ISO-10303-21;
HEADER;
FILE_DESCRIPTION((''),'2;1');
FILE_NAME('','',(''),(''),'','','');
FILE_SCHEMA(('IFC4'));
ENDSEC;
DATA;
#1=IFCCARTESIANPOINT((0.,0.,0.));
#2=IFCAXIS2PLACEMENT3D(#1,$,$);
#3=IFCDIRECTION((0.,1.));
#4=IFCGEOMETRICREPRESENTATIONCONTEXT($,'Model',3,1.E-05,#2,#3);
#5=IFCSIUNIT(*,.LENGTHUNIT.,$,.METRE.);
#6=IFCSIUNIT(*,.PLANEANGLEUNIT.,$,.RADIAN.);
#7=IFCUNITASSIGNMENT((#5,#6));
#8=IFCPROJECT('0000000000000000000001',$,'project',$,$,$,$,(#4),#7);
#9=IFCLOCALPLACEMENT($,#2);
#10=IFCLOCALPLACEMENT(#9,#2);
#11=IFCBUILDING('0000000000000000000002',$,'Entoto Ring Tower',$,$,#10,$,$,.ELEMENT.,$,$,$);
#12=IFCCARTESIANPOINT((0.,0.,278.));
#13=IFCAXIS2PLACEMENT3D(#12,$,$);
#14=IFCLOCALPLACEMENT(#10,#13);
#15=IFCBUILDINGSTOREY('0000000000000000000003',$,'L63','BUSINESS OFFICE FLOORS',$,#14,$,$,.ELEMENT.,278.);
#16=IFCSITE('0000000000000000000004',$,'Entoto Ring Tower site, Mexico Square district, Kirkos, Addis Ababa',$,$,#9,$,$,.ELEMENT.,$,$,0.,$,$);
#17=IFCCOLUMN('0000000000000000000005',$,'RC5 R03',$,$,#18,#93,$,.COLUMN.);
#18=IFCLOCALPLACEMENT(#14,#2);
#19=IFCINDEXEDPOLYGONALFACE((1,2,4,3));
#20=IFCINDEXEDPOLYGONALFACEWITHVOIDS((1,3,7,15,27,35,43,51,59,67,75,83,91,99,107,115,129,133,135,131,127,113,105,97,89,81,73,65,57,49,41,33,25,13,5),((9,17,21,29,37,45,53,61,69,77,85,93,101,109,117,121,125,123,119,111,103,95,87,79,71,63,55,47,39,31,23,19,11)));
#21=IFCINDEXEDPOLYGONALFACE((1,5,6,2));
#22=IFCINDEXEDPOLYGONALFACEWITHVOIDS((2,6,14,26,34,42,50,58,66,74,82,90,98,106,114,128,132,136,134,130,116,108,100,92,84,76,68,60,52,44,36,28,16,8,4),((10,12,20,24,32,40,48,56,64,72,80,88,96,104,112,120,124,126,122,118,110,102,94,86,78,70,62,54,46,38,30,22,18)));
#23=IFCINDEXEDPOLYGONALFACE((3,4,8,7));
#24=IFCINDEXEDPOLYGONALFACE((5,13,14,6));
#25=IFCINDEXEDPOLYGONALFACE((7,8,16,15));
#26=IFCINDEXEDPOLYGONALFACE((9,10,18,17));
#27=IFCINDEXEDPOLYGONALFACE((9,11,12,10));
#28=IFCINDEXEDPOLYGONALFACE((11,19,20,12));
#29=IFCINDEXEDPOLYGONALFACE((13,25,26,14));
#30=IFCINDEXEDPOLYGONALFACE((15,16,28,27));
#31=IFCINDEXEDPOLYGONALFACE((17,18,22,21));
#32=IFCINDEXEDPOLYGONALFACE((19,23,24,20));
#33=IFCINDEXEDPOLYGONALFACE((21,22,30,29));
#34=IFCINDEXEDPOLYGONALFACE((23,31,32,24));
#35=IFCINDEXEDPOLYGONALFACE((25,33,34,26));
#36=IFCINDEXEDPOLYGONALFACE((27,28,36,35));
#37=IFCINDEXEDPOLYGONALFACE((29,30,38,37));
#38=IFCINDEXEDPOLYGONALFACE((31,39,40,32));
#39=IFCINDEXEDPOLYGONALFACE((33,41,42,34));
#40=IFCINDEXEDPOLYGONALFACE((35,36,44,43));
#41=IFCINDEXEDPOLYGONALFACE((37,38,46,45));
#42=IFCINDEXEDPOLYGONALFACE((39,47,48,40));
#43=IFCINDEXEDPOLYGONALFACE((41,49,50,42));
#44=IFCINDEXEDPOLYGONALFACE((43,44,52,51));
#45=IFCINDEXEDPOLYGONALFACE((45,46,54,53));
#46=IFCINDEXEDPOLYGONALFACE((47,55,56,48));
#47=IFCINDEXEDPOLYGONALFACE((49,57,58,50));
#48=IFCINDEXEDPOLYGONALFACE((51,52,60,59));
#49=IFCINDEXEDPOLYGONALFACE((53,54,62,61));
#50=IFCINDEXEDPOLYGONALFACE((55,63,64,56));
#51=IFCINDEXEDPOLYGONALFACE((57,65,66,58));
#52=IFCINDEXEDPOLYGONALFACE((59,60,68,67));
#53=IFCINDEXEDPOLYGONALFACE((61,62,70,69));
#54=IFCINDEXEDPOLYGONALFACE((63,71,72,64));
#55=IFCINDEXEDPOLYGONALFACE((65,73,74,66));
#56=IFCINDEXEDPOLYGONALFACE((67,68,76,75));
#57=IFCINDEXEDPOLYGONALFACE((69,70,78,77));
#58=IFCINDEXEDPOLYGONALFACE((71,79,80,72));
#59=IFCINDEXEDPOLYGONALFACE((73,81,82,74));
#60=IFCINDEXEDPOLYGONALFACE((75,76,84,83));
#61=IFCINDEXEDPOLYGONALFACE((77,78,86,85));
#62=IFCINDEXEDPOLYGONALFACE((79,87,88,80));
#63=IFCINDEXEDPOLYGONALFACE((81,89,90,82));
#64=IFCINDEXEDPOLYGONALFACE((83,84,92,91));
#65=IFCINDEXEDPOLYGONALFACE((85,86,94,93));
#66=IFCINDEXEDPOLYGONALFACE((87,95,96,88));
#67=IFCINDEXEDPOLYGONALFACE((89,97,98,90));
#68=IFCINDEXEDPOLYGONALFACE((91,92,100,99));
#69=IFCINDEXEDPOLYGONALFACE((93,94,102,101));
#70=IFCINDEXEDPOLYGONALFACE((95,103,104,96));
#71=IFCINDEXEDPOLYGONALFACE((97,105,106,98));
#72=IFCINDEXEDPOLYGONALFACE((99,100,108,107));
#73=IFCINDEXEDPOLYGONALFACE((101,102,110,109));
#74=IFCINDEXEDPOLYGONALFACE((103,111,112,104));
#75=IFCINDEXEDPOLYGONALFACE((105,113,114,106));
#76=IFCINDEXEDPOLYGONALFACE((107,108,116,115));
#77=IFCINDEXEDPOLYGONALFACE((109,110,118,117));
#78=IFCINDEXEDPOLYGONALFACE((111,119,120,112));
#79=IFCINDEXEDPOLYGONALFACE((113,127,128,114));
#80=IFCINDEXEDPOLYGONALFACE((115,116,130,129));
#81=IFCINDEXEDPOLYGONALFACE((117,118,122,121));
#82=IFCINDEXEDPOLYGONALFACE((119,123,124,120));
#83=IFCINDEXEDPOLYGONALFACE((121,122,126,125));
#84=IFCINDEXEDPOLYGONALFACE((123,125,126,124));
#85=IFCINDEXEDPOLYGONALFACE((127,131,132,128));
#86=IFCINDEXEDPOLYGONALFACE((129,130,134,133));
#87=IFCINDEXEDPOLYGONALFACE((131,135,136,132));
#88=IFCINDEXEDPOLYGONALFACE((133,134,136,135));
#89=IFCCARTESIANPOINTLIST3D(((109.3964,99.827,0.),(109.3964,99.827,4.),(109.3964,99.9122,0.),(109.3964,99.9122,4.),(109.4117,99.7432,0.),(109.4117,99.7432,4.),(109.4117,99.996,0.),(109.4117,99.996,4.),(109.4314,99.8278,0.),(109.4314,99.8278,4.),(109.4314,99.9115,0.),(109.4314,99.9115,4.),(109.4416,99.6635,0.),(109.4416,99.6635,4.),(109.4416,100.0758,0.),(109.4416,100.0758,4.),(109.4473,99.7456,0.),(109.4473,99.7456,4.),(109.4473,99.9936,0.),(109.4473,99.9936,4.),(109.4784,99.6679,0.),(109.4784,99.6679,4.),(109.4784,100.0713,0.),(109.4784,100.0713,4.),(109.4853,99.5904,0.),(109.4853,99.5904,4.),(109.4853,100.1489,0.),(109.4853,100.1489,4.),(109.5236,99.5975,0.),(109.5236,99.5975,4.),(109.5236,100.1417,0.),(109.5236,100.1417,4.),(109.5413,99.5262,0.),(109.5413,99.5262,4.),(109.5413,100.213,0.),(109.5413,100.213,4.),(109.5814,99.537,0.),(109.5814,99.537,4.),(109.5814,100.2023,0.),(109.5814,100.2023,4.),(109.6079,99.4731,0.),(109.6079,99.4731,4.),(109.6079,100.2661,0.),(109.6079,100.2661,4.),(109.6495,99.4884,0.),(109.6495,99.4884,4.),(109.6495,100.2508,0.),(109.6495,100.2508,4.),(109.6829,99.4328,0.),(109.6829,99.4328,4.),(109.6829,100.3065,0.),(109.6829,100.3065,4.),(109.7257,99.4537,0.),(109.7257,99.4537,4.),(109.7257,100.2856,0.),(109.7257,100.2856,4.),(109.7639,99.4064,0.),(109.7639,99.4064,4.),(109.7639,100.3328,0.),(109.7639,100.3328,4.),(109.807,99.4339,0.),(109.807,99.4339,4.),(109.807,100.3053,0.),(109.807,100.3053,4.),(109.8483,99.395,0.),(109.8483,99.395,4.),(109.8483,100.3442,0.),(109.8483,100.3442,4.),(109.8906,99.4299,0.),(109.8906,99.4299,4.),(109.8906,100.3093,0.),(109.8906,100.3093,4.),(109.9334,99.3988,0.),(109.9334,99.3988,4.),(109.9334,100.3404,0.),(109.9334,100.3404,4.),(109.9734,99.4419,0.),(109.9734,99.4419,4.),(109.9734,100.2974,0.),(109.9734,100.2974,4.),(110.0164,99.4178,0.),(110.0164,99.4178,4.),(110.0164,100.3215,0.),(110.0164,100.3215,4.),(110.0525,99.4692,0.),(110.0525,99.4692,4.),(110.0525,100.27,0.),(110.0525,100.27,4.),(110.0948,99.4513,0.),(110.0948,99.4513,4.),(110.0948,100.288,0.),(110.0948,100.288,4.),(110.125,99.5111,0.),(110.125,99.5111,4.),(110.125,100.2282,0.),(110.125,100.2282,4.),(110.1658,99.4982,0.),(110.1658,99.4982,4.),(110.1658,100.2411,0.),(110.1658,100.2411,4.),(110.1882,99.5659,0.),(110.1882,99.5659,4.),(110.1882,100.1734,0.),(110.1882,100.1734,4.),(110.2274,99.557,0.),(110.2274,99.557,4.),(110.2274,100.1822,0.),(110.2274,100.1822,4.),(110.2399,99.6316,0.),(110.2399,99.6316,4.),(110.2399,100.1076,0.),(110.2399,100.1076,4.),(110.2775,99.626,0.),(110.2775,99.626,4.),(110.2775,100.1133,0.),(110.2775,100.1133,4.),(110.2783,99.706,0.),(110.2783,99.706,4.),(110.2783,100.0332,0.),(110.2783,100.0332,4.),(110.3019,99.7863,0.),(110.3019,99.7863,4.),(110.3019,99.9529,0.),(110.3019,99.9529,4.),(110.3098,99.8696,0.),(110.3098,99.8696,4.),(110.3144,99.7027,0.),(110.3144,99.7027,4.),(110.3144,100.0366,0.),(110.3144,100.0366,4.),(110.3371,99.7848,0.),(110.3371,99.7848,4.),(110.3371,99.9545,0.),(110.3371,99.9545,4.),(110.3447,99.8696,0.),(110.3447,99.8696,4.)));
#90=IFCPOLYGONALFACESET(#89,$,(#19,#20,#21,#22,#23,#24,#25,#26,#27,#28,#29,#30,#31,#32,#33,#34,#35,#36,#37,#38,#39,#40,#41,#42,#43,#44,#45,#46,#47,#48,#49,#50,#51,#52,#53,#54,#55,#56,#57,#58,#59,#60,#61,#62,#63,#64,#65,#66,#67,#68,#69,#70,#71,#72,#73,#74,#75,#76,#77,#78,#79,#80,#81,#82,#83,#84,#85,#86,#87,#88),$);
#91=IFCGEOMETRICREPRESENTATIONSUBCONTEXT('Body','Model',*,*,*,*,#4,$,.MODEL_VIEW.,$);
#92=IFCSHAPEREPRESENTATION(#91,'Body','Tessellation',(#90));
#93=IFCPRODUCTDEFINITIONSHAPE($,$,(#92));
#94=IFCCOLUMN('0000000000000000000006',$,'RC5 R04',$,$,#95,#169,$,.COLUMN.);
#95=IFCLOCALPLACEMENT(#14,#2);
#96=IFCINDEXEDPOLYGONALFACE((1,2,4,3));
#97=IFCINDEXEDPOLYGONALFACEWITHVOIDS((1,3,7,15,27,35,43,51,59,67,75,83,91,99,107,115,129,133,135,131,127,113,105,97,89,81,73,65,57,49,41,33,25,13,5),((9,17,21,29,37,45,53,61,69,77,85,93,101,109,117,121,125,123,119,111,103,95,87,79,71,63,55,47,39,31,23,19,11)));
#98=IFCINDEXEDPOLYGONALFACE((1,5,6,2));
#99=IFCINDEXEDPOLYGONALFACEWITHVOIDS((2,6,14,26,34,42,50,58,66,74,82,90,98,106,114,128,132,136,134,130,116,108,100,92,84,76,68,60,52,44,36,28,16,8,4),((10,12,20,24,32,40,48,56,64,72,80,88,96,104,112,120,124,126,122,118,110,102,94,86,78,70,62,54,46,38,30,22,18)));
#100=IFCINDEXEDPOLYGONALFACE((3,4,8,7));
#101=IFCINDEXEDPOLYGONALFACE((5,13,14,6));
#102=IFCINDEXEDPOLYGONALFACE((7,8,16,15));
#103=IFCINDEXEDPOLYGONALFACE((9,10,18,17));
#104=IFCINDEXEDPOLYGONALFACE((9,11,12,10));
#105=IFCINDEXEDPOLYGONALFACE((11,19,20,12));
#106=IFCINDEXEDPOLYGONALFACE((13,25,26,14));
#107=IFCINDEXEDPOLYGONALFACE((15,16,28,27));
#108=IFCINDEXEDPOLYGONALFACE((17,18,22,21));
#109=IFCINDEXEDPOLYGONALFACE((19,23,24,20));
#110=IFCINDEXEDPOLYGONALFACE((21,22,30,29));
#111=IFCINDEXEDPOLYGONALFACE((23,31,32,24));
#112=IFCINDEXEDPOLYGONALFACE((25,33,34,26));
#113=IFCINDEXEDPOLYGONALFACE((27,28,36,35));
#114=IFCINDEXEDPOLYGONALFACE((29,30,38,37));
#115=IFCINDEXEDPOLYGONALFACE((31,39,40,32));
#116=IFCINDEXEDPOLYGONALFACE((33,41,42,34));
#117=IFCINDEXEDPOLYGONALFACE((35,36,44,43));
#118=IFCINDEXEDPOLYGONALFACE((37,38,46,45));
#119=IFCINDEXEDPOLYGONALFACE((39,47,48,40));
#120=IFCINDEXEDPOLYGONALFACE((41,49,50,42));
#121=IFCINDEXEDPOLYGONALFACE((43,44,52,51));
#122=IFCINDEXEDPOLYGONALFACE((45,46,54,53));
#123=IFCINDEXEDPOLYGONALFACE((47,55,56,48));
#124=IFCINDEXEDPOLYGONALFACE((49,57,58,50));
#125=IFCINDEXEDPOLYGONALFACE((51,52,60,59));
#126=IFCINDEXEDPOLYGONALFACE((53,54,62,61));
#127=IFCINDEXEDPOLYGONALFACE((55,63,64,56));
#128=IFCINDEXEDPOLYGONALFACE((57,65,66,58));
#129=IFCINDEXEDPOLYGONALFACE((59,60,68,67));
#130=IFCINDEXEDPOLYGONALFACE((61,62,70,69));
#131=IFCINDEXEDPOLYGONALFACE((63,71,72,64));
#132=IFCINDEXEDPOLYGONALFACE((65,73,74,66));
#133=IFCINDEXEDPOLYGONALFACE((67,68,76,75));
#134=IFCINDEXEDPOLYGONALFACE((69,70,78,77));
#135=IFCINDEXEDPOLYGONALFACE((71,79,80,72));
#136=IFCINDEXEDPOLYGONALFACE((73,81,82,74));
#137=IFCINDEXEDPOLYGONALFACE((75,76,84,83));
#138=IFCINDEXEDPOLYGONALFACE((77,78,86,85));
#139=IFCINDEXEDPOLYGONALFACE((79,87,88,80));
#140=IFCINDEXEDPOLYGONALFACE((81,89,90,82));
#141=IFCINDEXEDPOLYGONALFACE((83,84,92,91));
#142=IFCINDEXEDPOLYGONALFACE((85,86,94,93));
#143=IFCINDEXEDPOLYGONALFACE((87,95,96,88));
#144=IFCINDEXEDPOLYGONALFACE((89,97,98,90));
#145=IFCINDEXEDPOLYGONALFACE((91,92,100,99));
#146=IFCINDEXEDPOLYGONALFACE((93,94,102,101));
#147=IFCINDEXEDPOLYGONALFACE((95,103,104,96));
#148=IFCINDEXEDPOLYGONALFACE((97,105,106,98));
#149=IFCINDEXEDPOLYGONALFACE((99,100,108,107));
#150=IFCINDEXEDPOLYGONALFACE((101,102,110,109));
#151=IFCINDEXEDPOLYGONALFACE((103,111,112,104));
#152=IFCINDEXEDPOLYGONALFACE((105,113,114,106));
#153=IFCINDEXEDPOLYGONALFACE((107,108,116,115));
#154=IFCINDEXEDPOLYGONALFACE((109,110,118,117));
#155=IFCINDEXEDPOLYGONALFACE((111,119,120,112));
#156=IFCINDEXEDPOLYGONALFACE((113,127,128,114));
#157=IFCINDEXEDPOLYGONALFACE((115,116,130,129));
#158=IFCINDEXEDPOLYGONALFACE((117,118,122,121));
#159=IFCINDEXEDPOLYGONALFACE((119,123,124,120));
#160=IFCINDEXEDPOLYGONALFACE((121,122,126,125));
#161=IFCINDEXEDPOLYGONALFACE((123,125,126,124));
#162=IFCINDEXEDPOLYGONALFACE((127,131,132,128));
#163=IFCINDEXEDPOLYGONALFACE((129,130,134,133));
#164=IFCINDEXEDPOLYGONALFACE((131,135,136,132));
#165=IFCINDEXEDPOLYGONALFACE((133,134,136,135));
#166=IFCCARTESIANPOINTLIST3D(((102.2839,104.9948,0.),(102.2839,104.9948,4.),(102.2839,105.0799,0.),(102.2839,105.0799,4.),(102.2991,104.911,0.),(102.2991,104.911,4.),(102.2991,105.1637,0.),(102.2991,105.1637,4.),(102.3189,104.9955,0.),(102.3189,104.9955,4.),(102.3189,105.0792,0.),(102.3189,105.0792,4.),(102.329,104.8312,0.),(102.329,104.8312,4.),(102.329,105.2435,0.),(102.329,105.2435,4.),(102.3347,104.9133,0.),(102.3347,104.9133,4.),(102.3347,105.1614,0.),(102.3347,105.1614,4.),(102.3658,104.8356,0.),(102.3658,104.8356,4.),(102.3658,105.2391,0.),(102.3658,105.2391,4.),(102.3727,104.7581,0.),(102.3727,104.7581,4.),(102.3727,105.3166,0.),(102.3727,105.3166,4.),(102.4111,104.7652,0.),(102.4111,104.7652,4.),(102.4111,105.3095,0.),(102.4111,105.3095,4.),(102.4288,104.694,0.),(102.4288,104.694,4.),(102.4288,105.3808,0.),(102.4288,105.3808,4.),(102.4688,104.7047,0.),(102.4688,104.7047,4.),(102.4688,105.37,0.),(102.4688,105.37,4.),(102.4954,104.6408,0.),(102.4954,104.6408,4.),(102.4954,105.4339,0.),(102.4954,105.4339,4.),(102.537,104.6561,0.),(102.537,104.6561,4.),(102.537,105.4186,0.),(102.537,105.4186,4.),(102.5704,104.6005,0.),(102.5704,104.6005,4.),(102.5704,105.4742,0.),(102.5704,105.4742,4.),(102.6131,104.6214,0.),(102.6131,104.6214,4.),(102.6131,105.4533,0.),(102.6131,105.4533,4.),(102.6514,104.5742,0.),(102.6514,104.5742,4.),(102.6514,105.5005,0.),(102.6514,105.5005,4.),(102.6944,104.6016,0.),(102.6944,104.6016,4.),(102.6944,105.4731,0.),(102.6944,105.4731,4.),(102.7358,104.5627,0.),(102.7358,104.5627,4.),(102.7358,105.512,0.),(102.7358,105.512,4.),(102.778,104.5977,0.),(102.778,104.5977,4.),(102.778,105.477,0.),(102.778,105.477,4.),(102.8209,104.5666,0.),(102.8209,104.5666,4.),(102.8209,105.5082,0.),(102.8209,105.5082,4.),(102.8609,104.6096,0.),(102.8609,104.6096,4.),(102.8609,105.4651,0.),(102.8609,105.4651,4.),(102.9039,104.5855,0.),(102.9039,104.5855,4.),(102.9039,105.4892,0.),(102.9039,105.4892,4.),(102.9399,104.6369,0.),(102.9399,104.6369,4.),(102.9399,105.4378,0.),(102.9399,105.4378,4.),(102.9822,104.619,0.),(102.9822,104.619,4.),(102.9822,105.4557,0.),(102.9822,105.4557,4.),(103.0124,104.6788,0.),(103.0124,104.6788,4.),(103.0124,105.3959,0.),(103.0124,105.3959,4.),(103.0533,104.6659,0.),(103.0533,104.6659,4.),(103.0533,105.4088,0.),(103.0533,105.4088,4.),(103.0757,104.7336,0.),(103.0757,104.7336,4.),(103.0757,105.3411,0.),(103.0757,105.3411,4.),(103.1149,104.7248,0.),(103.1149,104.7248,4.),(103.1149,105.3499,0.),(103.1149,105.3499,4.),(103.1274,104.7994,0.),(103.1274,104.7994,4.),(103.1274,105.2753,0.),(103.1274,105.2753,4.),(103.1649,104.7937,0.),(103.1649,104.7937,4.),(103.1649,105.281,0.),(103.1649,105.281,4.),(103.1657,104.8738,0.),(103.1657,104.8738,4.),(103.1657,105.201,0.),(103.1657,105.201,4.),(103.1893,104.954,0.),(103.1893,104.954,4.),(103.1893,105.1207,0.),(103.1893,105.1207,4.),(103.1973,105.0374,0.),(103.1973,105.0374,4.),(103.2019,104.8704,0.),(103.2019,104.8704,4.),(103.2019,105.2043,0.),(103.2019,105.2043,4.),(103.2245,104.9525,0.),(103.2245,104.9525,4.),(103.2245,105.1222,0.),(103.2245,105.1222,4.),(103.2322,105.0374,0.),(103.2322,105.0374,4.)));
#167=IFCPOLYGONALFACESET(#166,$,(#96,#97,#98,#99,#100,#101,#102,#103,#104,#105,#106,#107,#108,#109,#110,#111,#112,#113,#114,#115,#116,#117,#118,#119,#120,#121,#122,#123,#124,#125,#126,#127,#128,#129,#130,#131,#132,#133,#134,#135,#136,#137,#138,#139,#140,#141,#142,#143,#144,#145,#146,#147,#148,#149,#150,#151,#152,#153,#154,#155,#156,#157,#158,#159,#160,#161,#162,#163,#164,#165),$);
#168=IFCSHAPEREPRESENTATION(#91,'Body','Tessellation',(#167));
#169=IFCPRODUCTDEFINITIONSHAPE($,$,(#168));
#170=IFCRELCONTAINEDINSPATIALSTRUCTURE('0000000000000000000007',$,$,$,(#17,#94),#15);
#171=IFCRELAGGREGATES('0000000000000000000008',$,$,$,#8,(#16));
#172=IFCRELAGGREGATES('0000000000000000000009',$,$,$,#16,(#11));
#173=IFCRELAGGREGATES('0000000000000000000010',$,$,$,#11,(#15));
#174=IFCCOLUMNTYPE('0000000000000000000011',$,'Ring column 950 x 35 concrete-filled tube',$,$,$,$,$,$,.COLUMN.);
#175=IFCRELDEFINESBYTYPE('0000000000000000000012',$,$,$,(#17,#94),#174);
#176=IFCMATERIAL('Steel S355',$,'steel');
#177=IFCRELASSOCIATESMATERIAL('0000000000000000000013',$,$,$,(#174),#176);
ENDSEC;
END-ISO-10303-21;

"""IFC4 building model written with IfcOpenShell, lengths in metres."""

from ifc_helpers import new_model, si_unit, direction, frame, origin, origin_2d, place, context, subcontext, project, spatial, circle, hollow_circle, extrude, material, material_profile, profile_set, type_object, element, save


model = new_model("IFC4")

# Units and contexts
model_context = context("Model", 3, precision=1e-05, world=origin(), true_north=direction((0.0, 1.0)))
body_context = subcontext(model_context, "Body", "Model", "MODEL_VIEW")
ifc_project = project(units=[si_unit("LENGTHUNIT", "METRE"), si_unit("PLANEANGLEUNIT", "RADIAN")], contexts=[model_context])

# Site, building, storey
site_placement = place(None, origin())
site = spatial("IfcSite", under=ifc_project, at=site_placement, Name="Entoto Ring Tower site, Mexico Square district, Kirkos, Addis Ababa", CompositionType="ELEMENT", RefElevation=0.0)
building_placement = place(site_placement, origin())
building = spatial("IfcBuilding", under=site, at=building_placement, Name="Entoto Ring Tower", CompositionType="ELEMENT")
storey_placement = place(building_placement, frame((0.0, 0.0, 278.0)))
storey = spatial("IfcBuildingStorey", under=building, at=storey_placement, Name="L63", Description="BUSINESS OFFICE FLOORS", CompositionType="ELEMENT", Elevation=278.0)

# Columns
ifc_material_1 = material(Name="Steel S355", Category="steel")
ifc_material_profile_1 = material_profile(ifc_material_1, hollow_circle(Radius=0.4751, WallThickness=0.0349, at=origin_2d()), Name="CHS 950 x 35")
ifc_material_2 = material(Name="Concrete C60/75", Category="concrete")
ifc_material_profile_2 = material_profile(ifc_material_2, circle(Radius=0.4399, at=origin_2d()), Name="Concrete C60/75 infill")
ifc_profile_set_1 = profile_set([ifc_material_profile_1, ifc_material_profile_2], Name="Steel S355")
column_type = type_object("IfcColumnType", Name="Ring column 950 x 35 concrete-filled tube", PredefinedType="COLUMN", material=ifc_profile_set_1)
for number, where, z_axis, x_axis, name in (
    (1, (109.8696, 99.8696, 0.0), (0.0, 0.0, 1.0), (1.0, 0.0, 0.0), "RC5 R03"),
    (2, (102.7571, 105.0374, 0.0), (0.0, 0.0, 1.0), (1.0, 0.0, 0.0), "RC5 R04"),
):
    element("IfcColumn", number, at=place(storey_placement, frame(where, z_axis=z_axis, x_axis=x_axis)), inside=storey, type_object=column_type, Name=name, PredefinedType="COLUMN", context=body_context, shape_type="SweptSolid", body=[
        extrude(hollow_circle(Radius=0.4751, WallThickness=0.0349, at=origin_2d()), origin(), (0.0, 0.0, 1.0), 4.0),
    ])

save(model, "model.ifc")
